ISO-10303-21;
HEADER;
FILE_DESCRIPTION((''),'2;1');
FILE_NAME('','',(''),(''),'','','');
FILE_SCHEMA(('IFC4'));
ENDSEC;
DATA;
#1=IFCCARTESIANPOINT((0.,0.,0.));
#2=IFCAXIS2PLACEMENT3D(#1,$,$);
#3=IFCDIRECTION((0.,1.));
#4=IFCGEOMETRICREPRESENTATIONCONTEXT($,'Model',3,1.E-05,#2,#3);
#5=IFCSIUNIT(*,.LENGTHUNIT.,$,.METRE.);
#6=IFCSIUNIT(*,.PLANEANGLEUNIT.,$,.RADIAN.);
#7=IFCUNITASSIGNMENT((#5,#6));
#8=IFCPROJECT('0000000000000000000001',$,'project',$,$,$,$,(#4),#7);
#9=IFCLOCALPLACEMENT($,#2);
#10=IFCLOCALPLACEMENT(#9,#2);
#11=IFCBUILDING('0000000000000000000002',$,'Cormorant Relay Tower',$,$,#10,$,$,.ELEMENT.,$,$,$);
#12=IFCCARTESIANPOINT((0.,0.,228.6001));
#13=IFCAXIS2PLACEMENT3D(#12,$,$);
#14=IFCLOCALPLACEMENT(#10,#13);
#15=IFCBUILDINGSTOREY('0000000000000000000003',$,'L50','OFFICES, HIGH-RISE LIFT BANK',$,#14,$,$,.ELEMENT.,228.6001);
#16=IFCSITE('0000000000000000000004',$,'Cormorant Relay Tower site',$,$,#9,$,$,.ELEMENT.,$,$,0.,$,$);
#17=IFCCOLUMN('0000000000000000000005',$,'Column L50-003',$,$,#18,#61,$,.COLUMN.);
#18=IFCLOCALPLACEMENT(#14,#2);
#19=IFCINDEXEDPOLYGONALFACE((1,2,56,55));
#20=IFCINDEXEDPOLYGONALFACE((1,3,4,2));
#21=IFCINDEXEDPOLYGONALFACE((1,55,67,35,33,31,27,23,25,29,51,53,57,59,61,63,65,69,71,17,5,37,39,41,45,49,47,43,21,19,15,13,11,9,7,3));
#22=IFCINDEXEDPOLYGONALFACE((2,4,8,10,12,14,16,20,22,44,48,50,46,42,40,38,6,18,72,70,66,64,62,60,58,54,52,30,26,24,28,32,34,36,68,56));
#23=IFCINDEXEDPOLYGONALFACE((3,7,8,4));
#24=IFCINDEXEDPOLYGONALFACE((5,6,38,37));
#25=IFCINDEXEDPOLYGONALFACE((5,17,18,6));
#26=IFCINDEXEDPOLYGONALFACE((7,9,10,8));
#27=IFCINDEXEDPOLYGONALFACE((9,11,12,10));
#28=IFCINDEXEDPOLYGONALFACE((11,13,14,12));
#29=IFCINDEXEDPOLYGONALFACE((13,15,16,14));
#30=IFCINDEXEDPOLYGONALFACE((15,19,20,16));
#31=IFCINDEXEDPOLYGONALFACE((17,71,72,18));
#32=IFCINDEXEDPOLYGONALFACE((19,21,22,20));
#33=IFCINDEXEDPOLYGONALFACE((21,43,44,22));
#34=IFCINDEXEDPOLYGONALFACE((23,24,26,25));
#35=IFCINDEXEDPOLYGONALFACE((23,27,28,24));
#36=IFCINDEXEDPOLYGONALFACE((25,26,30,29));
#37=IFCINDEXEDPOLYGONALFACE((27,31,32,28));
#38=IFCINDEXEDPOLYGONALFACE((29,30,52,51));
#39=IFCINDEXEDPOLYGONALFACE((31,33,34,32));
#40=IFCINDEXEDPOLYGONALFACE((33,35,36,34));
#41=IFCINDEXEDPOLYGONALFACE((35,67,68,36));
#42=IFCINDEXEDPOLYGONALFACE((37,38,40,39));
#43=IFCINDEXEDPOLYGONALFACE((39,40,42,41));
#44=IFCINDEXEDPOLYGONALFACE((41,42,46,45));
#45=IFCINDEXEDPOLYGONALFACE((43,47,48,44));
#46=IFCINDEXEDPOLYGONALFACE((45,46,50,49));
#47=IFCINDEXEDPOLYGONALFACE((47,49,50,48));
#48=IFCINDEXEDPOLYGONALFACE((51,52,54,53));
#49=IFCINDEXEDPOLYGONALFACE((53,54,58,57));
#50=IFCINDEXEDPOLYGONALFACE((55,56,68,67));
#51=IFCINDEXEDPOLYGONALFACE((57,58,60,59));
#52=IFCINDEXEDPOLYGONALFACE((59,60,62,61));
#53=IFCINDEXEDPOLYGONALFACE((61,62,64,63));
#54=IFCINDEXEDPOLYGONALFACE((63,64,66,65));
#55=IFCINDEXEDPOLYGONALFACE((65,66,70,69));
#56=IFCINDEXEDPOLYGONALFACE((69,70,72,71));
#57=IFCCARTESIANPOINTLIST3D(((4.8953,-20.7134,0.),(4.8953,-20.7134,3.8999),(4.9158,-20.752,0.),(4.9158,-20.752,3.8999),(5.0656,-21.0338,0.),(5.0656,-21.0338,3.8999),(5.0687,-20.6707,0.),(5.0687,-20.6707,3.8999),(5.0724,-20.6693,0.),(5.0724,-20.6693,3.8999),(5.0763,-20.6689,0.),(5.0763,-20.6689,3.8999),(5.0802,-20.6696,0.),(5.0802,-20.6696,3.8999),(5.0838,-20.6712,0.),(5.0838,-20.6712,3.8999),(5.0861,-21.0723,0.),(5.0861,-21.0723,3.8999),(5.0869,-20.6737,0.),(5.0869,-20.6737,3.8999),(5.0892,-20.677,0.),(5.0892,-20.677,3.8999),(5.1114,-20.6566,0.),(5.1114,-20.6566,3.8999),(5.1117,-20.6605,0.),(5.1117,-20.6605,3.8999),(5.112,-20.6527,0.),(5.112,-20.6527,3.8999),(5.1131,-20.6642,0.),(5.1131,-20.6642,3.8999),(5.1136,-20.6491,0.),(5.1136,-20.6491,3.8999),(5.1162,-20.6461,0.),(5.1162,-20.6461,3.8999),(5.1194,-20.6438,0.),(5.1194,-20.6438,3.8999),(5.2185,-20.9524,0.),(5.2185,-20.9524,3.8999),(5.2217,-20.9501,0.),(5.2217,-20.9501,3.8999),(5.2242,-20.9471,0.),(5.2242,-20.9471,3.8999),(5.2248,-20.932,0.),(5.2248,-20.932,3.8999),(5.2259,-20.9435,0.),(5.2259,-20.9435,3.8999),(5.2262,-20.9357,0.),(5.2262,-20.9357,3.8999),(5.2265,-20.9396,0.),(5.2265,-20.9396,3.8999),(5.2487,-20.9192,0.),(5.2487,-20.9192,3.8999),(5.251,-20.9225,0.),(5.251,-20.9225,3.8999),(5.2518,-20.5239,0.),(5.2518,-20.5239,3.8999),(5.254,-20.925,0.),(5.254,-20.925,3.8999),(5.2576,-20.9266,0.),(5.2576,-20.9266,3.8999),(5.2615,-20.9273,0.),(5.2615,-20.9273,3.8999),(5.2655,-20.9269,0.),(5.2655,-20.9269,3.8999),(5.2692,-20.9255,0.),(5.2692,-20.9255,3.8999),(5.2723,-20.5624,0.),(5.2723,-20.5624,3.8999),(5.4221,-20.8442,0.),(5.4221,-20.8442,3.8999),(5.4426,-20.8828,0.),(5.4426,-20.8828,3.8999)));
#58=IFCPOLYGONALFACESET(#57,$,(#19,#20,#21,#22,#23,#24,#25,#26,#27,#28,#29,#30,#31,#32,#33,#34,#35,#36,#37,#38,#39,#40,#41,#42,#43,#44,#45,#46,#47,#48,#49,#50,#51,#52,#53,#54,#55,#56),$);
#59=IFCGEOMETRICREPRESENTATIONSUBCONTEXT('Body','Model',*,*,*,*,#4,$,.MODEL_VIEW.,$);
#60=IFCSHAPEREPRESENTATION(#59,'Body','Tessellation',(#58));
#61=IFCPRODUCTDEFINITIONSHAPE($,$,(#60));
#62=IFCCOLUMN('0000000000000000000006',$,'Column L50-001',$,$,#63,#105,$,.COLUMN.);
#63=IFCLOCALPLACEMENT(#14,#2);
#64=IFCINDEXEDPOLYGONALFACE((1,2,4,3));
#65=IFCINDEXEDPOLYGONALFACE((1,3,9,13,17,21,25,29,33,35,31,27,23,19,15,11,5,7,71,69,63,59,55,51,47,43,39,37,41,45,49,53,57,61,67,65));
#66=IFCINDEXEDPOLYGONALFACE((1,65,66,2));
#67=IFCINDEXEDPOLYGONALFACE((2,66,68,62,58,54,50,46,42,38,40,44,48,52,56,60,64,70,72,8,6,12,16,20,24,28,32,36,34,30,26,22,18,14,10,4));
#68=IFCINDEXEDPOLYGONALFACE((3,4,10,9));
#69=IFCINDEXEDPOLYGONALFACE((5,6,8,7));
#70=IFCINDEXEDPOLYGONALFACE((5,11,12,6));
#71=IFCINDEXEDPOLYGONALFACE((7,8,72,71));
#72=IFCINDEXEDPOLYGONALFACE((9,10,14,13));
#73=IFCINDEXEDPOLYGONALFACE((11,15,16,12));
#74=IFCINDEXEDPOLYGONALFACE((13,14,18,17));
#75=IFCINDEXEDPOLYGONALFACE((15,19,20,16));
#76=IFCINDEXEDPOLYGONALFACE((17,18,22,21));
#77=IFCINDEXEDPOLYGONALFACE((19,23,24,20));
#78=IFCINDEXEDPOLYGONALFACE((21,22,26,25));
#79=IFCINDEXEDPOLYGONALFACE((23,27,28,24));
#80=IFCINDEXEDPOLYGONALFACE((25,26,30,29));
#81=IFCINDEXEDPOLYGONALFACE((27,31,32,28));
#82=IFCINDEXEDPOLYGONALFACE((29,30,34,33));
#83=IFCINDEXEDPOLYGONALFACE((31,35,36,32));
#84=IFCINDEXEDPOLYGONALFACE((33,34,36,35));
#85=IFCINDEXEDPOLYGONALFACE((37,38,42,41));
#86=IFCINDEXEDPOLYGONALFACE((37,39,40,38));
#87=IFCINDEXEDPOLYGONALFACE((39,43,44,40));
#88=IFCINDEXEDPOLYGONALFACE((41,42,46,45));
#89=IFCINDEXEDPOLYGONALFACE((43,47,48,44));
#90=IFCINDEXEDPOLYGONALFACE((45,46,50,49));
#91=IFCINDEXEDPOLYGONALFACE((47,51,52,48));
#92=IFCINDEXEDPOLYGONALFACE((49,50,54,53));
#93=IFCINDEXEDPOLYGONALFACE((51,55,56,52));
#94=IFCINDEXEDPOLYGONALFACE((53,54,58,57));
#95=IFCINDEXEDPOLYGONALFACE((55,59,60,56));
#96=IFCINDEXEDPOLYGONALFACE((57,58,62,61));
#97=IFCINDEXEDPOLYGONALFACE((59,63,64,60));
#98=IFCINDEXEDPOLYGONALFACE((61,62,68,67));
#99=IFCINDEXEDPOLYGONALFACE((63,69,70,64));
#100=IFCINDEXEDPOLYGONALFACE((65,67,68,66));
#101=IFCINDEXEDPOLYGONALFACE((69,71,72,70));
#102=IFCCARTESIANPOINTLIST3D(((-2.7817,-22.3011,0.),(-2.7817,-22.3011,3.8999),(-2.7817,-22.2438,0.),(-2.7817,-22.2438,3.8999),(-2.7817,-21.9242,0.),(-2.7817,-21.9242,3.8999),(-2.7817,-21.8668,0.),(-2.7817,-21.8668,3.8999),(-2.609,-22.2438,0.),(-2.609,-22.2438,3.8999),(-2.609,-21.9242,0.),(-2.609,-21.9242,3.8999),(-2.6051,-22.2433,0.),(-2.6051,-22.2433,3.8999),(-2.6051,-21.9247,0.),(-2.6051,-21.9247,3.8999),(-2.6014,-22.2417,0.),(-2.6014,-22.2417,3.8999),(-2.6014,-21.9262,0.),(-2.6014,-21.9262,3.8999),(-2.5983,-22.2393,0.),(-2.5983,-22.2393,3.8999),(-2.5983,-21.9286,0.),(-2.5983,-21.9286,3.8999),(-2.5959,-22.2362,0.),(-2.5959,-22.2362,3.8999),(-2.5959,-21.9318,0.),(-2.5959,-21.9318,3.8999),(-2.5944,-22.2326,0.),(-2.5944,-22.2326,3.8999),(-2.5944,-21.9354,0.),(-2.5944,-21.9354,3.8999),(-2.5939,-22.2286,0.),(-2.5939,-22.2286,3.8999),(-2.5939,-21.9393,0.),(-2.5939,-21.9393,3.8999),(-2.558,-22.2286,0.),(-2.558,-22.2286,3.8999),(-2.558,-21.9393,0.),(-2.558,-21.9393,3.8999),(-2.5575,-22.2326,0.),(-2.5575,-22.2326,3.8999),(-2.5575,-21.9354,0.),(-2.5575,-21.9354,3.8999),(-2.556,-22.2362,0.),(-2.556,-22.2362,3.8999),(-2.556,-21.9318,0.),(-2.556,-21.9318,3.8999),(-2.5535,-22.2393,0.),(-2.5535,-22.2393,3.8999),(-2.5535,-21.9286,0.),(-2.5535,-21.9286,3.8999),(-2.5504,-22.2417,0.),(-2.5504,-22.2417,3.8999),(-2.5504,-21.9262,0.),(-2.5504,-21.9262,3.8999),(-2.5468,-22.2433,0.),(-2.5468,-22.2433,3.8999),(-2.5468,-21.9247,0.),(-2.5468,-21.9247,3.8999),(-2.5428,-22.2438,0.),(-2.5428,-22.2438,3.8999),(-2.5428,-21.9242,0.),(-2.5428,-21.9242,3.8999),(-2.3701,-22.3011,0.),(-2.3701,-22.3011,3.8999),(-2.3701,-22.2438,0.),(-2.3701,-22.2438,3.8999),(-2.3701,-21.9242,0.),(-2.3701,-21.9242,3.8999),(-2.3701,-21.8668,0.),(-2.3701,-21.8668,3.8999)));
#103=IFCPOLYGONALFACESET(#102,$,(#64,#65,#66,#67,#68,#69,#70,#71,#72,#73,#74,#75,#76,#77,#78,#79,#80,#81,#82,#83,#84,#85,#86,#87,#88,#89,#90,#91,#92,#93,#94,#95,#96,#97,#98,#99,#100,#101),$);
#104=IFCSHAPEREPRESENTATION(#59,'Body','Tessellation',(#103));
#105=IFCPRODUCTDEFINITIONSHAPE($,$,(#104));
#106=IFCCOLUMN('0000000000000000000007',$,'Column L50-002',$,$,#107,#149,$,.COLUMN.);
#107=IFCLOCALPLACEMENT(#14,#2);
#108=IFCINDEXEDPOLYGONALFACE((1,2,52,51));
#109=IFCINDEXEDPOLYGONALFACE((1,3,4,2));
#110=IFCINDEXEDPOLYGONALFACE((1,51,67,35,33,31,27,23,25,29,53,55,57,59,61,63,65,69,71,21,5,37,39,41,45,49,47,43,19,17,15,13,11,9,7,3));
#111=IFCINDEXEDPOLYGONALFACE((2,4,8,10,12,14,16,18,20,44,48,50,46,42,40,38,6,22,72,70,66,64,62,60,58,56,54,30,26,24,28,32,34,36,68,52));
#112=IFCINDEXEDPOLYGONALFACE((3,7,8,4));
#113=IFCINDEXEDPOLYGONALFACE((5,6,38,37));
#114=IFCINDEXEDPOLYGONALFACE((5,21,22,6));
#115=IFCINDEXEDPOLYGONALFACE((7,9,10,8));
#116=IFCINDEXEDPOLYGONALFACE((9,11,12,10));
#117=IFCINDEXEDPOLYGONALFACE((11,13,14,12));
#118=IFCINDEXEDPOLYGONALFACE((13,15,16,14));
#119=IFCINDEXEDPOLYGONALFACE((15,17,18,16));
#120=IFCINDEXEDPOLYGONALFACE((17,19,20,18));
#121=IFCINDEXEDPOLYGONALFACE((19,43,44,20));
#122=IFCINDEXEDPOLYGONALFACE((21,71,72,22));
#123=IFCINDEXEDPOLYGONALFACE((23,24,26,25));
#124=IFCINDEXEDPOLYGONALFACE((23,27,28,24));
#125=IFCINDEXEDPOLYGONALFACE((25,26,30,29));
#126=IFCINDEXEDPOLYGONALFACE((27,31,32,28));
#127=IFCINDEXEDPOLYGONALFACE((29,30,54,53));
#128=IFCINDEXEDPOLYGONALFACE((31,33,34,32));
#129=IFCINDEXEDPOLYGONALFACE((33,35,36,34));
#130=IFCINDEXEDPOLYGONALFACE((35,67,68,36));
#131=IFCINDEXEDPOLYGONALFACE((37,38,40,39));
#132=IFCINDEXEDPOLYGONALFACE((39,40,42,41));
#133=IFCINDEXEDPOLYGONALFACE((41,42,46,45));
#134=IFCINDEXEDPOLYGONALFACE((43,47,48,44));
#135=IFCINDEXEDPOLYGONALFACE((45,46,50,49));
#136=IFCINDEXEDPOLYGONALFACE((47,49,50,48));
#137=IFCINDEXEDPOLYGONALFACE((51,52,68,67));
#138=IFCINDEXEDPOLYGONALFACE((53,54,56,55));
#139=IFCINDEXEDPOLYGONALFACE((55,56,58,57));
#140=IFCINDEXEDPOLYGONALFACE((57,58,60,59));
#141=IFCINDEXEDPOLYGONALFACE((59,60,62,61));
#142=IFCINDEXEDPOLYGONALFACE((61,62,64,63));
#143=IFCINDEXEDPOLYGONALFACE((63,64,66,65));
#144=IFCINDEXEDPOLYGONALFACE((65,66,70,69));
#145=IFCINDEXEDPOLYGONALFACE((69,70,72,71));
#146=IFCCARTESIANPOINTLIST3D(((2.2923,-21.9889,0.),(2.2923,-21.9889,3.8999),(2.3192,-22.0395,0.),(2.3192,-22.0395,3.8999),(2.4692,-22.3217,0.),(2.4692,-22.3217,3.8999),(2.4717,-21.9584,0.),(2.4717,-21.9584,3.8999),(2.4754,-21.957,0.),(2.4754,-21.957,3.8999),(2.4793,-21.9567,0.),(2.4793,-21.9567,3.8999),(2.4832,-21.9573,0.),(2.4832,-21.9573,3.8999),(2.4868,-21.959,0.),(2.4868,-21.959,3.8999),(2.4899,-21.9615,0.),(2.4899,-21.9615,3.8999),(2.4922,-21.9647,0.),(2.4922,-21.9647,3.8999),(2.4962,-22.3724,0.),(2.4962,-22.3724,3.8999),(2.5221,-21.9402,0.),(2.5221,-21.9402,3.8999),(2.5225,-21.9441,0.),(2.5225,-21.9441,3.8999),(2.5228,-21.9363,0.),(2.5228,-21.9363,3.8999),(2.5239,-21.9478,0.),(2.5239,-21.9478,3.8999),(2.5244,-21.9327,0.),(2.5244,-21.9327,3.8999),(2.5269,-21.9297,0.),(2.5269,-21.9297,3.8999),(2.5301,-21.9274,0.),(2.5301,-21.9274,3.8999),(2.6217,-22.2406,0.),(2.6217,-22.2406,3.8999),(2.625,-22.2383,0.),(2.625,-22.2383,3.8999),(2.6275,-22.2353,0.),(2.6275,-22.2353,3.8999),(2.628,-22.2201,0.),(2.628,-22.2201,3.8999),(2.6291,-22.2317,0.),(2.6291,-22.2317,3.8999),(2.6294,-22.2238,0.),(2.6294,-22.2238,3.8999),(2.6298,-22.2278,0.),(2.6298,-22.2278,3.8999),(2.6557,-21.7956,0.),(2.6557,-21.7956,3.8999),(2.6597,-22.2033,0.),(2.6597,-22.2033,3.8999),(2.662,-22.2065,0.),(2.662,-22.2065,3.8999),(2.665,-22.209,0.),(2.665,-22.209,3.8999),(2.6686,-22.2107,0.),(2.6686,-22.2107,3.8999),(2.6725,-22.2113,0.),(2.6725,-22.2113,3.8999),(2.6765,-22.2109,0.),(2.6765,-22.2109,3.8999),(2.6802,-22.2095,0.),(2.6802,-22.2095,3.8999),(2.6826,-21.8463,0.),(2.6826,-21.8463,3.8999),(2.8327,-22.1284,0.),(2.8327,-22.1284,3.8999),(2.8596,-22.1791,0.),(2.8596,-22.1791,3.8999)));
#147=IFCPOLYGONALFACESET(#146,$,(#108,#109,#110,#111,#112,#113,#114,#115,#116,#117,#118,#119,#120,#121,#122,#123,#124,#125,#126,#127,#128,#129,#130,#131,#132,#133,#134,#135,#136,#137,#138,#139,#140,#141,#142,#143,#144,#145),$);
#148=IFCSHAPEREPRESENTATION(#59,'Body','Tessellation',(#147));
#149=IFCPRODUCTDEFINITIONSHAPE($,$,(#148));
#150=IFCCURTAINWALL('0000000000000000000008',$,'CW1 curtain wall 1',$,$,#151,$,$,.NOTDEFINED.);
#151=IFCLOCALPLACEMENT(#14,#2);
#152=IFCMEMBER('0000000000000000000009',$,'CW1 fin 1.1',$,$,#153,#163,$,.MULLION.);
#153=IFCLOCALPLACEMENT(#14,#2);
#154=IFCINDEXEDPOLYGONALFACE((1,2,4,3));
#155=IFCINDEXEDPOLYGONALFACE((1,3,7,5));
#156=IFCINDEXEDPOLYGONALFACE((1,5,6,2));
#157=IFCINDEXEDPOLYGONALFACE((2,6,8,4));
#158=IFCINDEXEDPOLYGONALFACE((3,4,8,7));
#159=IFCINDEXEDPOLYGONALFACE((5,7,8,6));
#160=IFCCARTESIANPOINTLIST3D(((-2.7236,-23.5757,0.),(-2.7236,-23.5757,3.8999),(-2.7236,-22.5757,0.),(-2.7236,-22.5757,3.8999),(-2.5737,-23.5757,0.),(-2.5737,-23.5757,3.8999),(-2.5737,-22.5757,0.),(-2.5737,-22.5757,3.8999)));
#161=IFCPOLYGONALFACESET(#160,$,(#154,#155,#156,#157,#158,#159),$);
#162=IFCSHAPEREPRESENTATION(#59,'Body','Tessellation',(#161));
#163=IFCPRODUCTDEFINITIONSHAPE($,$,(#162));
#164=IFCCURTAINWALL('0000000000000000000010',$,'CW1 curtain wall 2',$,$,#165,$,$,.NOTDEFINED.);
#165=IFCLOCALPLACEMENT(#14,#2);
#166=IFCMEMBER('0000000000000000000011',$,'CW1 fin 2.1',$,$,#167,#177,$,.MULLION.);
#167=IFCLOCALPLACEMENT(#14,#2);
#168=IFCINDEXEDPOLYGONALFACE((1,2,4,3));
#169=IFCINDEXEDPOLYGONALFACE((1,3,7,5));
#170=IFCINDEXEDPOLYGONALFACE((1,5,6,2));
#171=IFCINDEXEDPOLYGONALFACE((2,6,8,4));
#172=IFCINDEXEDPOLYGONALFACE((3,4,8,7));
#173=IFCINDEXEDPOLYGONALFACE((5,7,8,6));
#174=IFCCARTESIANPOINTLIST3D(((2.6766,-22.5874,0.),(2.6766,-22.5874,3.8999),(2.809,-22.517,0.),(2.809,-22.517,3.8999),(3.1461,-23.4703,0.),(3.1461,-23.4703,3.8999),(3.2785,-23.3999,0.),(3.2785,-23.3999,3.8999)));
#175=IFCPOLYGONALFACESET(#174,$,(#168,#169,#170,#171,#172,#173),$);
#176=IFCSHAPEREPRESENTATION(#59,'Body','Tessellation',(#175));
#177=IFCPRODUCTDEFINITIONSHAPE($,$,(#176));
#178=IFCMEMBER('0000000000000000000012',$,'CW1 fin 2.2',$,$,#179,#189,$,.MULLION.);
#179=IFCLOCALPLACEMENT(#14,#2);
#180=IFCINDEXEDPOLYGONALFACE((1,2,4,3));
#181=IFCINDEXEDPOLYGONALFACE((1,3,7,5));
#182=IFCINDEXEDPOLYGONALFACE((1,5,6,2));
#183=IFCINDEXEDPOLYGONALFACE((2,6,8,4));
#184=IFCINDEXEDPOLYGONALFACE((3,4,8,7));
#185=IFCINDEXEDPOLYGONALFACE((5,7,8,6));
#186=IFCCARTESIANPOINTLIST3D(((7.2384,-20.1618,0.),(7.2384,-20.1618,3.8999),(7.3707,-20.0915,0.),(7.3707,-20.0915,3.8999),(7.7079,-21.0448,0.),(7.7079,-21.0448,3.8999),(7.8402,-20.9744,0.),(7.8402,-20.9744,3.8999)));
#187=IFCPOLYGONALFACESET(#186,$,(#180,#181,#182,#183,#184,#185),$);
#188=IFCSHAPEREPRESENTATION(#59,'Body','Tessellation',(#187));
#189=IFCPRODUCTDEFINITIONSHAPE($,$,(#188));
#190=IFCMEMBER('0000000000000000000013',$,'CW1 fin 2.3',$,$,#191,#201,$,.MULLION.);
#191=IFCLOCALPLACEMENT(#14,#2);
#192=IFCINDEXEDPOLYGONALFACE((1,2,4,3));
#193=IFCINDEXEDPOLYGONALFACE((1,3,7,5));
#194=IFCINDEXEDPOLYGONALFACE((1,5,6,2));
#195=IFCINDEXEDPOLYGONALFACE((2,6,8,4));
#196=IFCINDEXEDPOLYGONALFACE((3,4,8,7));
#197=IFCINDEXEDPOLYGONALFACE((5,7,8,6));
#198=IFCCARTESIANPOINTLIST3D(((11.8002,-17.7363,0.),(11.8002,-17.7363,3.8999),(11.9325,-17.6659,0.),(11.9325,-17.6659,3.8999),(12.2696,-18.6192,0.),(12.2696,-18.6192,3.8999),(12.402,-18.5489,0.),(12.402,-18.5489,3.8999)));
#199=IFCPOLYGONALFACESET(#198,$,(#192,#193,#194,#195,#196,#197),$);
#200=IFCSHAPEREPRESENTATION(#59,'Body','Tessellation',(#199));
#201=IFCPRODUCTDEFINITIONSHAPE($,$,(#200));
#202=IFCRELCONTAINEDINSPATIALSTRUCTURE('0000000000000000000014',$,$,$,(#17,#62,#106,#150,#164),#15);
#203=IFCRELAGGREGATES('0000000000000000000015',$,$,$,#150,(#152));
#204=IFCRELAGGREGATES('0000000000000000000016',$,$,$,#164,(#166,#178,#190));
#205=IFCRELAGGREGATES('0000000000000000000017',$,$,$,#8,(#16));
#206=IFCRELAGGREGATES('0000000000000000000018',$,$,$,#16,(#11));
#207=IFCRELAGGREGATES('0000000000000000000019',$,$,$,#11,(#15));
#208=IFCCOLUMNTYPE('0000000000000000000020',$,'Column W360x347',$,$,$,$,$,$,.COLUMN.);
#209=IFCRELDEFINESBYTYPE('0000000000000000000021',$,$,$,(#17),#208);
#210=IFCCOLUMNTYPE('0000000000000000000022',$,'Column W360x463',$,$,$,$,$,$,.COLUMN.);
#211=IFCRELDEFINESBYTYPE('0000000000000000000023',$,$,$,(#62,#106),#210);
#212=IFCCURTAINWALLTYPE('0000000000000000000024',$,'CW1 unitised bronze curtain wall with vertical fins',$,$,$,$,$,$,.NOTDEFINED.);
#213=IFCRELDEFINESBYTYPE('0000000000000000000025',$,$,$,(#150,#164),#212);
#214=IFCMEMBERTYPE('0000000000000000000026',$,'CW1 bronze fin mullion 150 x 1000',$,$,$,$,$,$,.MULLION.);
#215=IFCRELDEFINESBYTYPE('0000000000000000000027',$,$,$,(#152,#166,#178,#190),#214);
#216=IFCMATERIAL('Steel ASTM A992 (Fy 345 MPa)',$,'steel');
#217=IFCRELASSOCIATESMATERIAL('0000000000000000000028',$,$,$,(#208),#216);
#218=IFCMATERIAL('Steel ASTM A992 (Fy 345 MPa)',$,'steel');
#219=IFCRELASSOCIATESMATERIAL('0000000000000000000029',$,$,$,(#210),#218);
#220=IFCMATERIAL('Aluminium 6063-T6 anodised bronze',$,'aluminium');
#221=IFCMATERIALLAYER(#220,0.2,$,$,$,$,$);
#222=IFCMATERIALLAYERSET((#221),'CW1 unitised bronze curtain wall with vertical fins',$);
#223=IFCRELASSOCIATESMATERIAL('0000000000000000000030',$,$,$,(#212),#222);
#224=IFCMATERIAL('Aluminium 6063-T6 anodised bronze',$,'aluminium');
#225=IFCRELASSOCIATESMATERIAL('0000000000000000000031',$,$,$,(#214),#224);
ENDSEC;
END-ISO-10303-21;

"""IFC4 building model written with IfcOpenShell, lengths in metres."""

from ifc_helpers import new_model, si_unit, direction, frame, origin, origin_2d, place, context, subcontext, project, spatial, rectangle, i_section, extrude, material, layer, layer_set, material_profile, profile_set, type_object, element, aggregate, save


model = new_model("IFC4")

# Units and contexts
model_context = context("Model", 3, precision=1e-05, world=origin(), true_north=direction((0.0, 1.0)))
body_context = subcontext(model_context, "Body", "Model", "MODEL_VIEW")
ifc_project = project(units=[si_unit("LENGTHUNIT", "METRE"), si_unit("PLANEANGLEUNIT", "RADIAN")], contexts=[model_context])

# Site, building, storey
site_placement = place(None, origin())
site = spatial("IfcSite", under=ifc_project, at=site_placement, Name="Cormorant Relay Tower site", CompositionType="ELEMENT", RefElevation=0.0)
building_placement = place(site_placement, origin())
building = spatial("IfcBuilding", under=site, at=building_placement, Name="Cormorant Relay Tower", CompositionType="ELEMENT")
storey_placement = place(building_placement, frame((0.0, 0.0, 228.6001)))
storey = spatial("IfcBuildingStorey", under=building, at=storey_placement, Name="L50", Description="OFFICES, HIGH-RISE LIFT BANK", CompositionType="ELEMENT", Elevation=228.6001)

# Columns
ifc_material_1 = material(Name="Steel ASTM A992 (Fy 345 MPa)", Category="steel")
ifc_material_profile_1 = material_profile(ifc_material_1, i_section(OverallWidth=0.4038, OverallDepth=0.4065, WebThickness=0.0271, FlangeThickness=0.0437, FilletRadius=0.0151, at=origin_2d()), Name="W360x347")
ifc_profile_set_1 = profile_set([ifc_material_profile_1], Name="Steel ASTM A992 (Fy 345 MPa)")
column_type_1 = type_object("IfcColumnType", Name="Column W360x347", PredefinedType="COLUMN", material=ifc_profile_set_1)
column_placement = place(storey_placement, frame((5.1689, -20.7981, 0.0), z_axis=(0.0, 0.0, 1.0), x_axis=(0.882948, 0.469472, 0.0)))
element("IfcColumn", 1, at=column_placement, inside=storey, type_object=column_type_1, Name="Column L50-003", PredefinedType="COLUMN", context=body_context, shape_type="SweptSolid", body=[
    extrude(i_section(OverallWidth=0.4038, OverallDepth=0.4065, WebThickness=0.0271, FlangeThickness=0.0437, FilletRadius=0.0151, at=origin_2d()), origin(), (0.0, 0.0, 1.0), 3.8999),
])
ifc_material_2 = material(Name="Steel ASTM A992 (Fy 345 MPa)", Category="steel")
ifc_material_profile_2 = material_profile(ifc_material_2, i_section(OverallWidth=0.4116, OverallDepth=0.4343, WebThickness=0.0359, FlangeThickness=0.0574, FilletRadius=0.0151, at=origin_2d()), Name="W360x463")
ifc_profile_set_2 = profile_set([ifc_material_profile_2], Name="Steel ASTM A992 (Fy 345 MPa)")
column_type_2 = type_object("IfcColumnType", Name="Column W360x463", PredefinedType="COLUMN", material=ifc_profile_set_2)
for number, where, z_axis, x_axis, name in (
    (2, (-2.5759, -22.084, 0.0), (0.0, 0.0, 1.0), (1.0, 0.0, 0.0), "Column L50-001"),
    (3, (2.5759, -22.084, 0.0), (0.0, 0.0, 1.0), (0.882948, 0.469472, 0.0), "Column L50-002"),
):
    element("IfcColumn", number, at=place(storey_placement, frame(where, z_axis=z_axis, x_axis=x_axis)), inside=storey, type_object=column_type_2, Name=name, PredefinedType="COLUMN", context=body_context, shape_type="SweptSolid", body=[
        extrude(i_section(OverallWidth=0.4116, OverallDepth=0.4343, WebThickness=0.0359, FlangeThickness=0.0574, FilletRadius=0.0151, at=origin_2d()), origin(), (0.0, 0.0, 1.0), 3.8999),
    ])

# Curtain wall, member
ifc_material_3 = material(Name="Aluminium 6063-T6 anodised bronze", Category="aluminium")
ifc_layer_1 = layer(ifc_material_3, 0.2)
ifc_layer_set_1 = layer_set([ifc_layer_1], Name="CW1 unitised bronze curtain wall with vertical fins")
curtain_wall_type = type_object("IfcCurtainWallType", Name="CW1 unitised bronze curtain wall with vertical fins", PredefinedType="NOTDEFINED", material=ifc_layer_set_1)
curtain_wall_1_placement = place(storey_placement, origin())
curtain_wall_1 = element("IfcCurtainWall", 4, at=curtain_wall_1_placement, inside=storey, type_object=curtain_wall_type, Name="CW1 curtain wall 1", PredefinedType="NOTDEFINED")
ifc_material_4 = material(Name="Aluminium 6063-T6 anodised bronze", Category="aluminium")
ifc_material_profile_3 = material_profile(ifc_material_4, rectangle(XDim=0.1499, YDim=1.0, at=origin_2d()), Name="AL 150x1000")
ifc_profile_set_3 = profile_set([ifc_material_profile_3], Name="Aluminium 6063-T6 anodised bronze")
member_type_1 = type_object("IfcMemberType", Name="CW1 bronze fin mullion 150 x 1000", PredefinedType="MULLION", material=ifc_profile_set_3)
member_1_placement = place(storey_placement, frame((-2.6487, -23.0757, 0.0), z_axis=(0.0, 0.0, 1.0), x_axis=(1.0, 0.0, 0.0)))
member_1 = element("IfcMember", 5, at=member_1_placement, type_object=member_type_1, Name="CW1 fin 1.1", PredefinedType="MULLION", context=body_context, shape_type="SweptSolid", body=[
    extrude(rectangle(XDim=0.1499, YDim=1.0, at=origin_2d()), origin(), (0.0, 0.0, 1.0), 3.8999),
])

# Curtain wall, members
curtain_wall_2_placement = place(storey_placement, origin())
curtain_wall_2 = element("IfcCurtainWall", 6, at=curtain_wall_2_placement, inside=storey, type_object=curtain_wall_type, Name="CW1 curtain wall 2", PredefinedType="NOTDEFINED")
member_2_placement = place(storey_placement, frame((2.9775, -22.9937, 0.0), z_axis=(0.0, 0.0, 1.0), x_axis=(0.882948, 0.469472, 0.0)))
member_2 = element("IfcMember", 7, at=member_2_placement, type_object=member_type_1, Name="CW1 fin 2.1", PredefinedType="MULLION", context=body_context, shape_type="SweptSolid", body=[
    extrude(rectangle(XDim=0.1499, YDim=1.0, at=origin_2d()), origin(), (0.0, 0.0, 1.0), 3.8999),
])
member_3_placement = place(storey_placement, frame((7.5393, -20.5681, 0.0), z_axis=(0.0, 0.0, 1.0), x_axis=(0.882948, 0.469472, 0.0)))
member_3 = element("IfcMember", 8, at=member_3_placement, type_object=member_type_1, Name="CW1 fin 2.2", PredefinedType="MULLION", context=body_context, shape_type="SweptSolid", body=[
    extrude(rectangle(XDim=0.1499, YDim=1.0, at=origin_2d()), origin(), (0.0, 0.0, 1.0), 3.8999),
])
member_4_placement = place(storey_placement, frame((12.1011, -18.1426, 0.0), z_axis=(0.0, 0.0, 1.0), x_axis=(0.882948, 0.469472, 0.0)))
member_4 = element("IfcMember", 9, at=member_4_placement, type_object=member_type_1, Name="CW1 fin 2.3", PredefinedType="MULLION", context=body_context, shape_type="SweptSolid", body=[
    extrude(rectangle(XDim=0.1499, YDim=1.0, at=origin_2d()), origin(), (0.0, 0.0, 1.0), 3.8999),
])

aggregate(curtain_wall_1, [member_1])
aggregate(curtain_wall_2, [member_2, member_3, member_4])

save(model, "model.ifc")
